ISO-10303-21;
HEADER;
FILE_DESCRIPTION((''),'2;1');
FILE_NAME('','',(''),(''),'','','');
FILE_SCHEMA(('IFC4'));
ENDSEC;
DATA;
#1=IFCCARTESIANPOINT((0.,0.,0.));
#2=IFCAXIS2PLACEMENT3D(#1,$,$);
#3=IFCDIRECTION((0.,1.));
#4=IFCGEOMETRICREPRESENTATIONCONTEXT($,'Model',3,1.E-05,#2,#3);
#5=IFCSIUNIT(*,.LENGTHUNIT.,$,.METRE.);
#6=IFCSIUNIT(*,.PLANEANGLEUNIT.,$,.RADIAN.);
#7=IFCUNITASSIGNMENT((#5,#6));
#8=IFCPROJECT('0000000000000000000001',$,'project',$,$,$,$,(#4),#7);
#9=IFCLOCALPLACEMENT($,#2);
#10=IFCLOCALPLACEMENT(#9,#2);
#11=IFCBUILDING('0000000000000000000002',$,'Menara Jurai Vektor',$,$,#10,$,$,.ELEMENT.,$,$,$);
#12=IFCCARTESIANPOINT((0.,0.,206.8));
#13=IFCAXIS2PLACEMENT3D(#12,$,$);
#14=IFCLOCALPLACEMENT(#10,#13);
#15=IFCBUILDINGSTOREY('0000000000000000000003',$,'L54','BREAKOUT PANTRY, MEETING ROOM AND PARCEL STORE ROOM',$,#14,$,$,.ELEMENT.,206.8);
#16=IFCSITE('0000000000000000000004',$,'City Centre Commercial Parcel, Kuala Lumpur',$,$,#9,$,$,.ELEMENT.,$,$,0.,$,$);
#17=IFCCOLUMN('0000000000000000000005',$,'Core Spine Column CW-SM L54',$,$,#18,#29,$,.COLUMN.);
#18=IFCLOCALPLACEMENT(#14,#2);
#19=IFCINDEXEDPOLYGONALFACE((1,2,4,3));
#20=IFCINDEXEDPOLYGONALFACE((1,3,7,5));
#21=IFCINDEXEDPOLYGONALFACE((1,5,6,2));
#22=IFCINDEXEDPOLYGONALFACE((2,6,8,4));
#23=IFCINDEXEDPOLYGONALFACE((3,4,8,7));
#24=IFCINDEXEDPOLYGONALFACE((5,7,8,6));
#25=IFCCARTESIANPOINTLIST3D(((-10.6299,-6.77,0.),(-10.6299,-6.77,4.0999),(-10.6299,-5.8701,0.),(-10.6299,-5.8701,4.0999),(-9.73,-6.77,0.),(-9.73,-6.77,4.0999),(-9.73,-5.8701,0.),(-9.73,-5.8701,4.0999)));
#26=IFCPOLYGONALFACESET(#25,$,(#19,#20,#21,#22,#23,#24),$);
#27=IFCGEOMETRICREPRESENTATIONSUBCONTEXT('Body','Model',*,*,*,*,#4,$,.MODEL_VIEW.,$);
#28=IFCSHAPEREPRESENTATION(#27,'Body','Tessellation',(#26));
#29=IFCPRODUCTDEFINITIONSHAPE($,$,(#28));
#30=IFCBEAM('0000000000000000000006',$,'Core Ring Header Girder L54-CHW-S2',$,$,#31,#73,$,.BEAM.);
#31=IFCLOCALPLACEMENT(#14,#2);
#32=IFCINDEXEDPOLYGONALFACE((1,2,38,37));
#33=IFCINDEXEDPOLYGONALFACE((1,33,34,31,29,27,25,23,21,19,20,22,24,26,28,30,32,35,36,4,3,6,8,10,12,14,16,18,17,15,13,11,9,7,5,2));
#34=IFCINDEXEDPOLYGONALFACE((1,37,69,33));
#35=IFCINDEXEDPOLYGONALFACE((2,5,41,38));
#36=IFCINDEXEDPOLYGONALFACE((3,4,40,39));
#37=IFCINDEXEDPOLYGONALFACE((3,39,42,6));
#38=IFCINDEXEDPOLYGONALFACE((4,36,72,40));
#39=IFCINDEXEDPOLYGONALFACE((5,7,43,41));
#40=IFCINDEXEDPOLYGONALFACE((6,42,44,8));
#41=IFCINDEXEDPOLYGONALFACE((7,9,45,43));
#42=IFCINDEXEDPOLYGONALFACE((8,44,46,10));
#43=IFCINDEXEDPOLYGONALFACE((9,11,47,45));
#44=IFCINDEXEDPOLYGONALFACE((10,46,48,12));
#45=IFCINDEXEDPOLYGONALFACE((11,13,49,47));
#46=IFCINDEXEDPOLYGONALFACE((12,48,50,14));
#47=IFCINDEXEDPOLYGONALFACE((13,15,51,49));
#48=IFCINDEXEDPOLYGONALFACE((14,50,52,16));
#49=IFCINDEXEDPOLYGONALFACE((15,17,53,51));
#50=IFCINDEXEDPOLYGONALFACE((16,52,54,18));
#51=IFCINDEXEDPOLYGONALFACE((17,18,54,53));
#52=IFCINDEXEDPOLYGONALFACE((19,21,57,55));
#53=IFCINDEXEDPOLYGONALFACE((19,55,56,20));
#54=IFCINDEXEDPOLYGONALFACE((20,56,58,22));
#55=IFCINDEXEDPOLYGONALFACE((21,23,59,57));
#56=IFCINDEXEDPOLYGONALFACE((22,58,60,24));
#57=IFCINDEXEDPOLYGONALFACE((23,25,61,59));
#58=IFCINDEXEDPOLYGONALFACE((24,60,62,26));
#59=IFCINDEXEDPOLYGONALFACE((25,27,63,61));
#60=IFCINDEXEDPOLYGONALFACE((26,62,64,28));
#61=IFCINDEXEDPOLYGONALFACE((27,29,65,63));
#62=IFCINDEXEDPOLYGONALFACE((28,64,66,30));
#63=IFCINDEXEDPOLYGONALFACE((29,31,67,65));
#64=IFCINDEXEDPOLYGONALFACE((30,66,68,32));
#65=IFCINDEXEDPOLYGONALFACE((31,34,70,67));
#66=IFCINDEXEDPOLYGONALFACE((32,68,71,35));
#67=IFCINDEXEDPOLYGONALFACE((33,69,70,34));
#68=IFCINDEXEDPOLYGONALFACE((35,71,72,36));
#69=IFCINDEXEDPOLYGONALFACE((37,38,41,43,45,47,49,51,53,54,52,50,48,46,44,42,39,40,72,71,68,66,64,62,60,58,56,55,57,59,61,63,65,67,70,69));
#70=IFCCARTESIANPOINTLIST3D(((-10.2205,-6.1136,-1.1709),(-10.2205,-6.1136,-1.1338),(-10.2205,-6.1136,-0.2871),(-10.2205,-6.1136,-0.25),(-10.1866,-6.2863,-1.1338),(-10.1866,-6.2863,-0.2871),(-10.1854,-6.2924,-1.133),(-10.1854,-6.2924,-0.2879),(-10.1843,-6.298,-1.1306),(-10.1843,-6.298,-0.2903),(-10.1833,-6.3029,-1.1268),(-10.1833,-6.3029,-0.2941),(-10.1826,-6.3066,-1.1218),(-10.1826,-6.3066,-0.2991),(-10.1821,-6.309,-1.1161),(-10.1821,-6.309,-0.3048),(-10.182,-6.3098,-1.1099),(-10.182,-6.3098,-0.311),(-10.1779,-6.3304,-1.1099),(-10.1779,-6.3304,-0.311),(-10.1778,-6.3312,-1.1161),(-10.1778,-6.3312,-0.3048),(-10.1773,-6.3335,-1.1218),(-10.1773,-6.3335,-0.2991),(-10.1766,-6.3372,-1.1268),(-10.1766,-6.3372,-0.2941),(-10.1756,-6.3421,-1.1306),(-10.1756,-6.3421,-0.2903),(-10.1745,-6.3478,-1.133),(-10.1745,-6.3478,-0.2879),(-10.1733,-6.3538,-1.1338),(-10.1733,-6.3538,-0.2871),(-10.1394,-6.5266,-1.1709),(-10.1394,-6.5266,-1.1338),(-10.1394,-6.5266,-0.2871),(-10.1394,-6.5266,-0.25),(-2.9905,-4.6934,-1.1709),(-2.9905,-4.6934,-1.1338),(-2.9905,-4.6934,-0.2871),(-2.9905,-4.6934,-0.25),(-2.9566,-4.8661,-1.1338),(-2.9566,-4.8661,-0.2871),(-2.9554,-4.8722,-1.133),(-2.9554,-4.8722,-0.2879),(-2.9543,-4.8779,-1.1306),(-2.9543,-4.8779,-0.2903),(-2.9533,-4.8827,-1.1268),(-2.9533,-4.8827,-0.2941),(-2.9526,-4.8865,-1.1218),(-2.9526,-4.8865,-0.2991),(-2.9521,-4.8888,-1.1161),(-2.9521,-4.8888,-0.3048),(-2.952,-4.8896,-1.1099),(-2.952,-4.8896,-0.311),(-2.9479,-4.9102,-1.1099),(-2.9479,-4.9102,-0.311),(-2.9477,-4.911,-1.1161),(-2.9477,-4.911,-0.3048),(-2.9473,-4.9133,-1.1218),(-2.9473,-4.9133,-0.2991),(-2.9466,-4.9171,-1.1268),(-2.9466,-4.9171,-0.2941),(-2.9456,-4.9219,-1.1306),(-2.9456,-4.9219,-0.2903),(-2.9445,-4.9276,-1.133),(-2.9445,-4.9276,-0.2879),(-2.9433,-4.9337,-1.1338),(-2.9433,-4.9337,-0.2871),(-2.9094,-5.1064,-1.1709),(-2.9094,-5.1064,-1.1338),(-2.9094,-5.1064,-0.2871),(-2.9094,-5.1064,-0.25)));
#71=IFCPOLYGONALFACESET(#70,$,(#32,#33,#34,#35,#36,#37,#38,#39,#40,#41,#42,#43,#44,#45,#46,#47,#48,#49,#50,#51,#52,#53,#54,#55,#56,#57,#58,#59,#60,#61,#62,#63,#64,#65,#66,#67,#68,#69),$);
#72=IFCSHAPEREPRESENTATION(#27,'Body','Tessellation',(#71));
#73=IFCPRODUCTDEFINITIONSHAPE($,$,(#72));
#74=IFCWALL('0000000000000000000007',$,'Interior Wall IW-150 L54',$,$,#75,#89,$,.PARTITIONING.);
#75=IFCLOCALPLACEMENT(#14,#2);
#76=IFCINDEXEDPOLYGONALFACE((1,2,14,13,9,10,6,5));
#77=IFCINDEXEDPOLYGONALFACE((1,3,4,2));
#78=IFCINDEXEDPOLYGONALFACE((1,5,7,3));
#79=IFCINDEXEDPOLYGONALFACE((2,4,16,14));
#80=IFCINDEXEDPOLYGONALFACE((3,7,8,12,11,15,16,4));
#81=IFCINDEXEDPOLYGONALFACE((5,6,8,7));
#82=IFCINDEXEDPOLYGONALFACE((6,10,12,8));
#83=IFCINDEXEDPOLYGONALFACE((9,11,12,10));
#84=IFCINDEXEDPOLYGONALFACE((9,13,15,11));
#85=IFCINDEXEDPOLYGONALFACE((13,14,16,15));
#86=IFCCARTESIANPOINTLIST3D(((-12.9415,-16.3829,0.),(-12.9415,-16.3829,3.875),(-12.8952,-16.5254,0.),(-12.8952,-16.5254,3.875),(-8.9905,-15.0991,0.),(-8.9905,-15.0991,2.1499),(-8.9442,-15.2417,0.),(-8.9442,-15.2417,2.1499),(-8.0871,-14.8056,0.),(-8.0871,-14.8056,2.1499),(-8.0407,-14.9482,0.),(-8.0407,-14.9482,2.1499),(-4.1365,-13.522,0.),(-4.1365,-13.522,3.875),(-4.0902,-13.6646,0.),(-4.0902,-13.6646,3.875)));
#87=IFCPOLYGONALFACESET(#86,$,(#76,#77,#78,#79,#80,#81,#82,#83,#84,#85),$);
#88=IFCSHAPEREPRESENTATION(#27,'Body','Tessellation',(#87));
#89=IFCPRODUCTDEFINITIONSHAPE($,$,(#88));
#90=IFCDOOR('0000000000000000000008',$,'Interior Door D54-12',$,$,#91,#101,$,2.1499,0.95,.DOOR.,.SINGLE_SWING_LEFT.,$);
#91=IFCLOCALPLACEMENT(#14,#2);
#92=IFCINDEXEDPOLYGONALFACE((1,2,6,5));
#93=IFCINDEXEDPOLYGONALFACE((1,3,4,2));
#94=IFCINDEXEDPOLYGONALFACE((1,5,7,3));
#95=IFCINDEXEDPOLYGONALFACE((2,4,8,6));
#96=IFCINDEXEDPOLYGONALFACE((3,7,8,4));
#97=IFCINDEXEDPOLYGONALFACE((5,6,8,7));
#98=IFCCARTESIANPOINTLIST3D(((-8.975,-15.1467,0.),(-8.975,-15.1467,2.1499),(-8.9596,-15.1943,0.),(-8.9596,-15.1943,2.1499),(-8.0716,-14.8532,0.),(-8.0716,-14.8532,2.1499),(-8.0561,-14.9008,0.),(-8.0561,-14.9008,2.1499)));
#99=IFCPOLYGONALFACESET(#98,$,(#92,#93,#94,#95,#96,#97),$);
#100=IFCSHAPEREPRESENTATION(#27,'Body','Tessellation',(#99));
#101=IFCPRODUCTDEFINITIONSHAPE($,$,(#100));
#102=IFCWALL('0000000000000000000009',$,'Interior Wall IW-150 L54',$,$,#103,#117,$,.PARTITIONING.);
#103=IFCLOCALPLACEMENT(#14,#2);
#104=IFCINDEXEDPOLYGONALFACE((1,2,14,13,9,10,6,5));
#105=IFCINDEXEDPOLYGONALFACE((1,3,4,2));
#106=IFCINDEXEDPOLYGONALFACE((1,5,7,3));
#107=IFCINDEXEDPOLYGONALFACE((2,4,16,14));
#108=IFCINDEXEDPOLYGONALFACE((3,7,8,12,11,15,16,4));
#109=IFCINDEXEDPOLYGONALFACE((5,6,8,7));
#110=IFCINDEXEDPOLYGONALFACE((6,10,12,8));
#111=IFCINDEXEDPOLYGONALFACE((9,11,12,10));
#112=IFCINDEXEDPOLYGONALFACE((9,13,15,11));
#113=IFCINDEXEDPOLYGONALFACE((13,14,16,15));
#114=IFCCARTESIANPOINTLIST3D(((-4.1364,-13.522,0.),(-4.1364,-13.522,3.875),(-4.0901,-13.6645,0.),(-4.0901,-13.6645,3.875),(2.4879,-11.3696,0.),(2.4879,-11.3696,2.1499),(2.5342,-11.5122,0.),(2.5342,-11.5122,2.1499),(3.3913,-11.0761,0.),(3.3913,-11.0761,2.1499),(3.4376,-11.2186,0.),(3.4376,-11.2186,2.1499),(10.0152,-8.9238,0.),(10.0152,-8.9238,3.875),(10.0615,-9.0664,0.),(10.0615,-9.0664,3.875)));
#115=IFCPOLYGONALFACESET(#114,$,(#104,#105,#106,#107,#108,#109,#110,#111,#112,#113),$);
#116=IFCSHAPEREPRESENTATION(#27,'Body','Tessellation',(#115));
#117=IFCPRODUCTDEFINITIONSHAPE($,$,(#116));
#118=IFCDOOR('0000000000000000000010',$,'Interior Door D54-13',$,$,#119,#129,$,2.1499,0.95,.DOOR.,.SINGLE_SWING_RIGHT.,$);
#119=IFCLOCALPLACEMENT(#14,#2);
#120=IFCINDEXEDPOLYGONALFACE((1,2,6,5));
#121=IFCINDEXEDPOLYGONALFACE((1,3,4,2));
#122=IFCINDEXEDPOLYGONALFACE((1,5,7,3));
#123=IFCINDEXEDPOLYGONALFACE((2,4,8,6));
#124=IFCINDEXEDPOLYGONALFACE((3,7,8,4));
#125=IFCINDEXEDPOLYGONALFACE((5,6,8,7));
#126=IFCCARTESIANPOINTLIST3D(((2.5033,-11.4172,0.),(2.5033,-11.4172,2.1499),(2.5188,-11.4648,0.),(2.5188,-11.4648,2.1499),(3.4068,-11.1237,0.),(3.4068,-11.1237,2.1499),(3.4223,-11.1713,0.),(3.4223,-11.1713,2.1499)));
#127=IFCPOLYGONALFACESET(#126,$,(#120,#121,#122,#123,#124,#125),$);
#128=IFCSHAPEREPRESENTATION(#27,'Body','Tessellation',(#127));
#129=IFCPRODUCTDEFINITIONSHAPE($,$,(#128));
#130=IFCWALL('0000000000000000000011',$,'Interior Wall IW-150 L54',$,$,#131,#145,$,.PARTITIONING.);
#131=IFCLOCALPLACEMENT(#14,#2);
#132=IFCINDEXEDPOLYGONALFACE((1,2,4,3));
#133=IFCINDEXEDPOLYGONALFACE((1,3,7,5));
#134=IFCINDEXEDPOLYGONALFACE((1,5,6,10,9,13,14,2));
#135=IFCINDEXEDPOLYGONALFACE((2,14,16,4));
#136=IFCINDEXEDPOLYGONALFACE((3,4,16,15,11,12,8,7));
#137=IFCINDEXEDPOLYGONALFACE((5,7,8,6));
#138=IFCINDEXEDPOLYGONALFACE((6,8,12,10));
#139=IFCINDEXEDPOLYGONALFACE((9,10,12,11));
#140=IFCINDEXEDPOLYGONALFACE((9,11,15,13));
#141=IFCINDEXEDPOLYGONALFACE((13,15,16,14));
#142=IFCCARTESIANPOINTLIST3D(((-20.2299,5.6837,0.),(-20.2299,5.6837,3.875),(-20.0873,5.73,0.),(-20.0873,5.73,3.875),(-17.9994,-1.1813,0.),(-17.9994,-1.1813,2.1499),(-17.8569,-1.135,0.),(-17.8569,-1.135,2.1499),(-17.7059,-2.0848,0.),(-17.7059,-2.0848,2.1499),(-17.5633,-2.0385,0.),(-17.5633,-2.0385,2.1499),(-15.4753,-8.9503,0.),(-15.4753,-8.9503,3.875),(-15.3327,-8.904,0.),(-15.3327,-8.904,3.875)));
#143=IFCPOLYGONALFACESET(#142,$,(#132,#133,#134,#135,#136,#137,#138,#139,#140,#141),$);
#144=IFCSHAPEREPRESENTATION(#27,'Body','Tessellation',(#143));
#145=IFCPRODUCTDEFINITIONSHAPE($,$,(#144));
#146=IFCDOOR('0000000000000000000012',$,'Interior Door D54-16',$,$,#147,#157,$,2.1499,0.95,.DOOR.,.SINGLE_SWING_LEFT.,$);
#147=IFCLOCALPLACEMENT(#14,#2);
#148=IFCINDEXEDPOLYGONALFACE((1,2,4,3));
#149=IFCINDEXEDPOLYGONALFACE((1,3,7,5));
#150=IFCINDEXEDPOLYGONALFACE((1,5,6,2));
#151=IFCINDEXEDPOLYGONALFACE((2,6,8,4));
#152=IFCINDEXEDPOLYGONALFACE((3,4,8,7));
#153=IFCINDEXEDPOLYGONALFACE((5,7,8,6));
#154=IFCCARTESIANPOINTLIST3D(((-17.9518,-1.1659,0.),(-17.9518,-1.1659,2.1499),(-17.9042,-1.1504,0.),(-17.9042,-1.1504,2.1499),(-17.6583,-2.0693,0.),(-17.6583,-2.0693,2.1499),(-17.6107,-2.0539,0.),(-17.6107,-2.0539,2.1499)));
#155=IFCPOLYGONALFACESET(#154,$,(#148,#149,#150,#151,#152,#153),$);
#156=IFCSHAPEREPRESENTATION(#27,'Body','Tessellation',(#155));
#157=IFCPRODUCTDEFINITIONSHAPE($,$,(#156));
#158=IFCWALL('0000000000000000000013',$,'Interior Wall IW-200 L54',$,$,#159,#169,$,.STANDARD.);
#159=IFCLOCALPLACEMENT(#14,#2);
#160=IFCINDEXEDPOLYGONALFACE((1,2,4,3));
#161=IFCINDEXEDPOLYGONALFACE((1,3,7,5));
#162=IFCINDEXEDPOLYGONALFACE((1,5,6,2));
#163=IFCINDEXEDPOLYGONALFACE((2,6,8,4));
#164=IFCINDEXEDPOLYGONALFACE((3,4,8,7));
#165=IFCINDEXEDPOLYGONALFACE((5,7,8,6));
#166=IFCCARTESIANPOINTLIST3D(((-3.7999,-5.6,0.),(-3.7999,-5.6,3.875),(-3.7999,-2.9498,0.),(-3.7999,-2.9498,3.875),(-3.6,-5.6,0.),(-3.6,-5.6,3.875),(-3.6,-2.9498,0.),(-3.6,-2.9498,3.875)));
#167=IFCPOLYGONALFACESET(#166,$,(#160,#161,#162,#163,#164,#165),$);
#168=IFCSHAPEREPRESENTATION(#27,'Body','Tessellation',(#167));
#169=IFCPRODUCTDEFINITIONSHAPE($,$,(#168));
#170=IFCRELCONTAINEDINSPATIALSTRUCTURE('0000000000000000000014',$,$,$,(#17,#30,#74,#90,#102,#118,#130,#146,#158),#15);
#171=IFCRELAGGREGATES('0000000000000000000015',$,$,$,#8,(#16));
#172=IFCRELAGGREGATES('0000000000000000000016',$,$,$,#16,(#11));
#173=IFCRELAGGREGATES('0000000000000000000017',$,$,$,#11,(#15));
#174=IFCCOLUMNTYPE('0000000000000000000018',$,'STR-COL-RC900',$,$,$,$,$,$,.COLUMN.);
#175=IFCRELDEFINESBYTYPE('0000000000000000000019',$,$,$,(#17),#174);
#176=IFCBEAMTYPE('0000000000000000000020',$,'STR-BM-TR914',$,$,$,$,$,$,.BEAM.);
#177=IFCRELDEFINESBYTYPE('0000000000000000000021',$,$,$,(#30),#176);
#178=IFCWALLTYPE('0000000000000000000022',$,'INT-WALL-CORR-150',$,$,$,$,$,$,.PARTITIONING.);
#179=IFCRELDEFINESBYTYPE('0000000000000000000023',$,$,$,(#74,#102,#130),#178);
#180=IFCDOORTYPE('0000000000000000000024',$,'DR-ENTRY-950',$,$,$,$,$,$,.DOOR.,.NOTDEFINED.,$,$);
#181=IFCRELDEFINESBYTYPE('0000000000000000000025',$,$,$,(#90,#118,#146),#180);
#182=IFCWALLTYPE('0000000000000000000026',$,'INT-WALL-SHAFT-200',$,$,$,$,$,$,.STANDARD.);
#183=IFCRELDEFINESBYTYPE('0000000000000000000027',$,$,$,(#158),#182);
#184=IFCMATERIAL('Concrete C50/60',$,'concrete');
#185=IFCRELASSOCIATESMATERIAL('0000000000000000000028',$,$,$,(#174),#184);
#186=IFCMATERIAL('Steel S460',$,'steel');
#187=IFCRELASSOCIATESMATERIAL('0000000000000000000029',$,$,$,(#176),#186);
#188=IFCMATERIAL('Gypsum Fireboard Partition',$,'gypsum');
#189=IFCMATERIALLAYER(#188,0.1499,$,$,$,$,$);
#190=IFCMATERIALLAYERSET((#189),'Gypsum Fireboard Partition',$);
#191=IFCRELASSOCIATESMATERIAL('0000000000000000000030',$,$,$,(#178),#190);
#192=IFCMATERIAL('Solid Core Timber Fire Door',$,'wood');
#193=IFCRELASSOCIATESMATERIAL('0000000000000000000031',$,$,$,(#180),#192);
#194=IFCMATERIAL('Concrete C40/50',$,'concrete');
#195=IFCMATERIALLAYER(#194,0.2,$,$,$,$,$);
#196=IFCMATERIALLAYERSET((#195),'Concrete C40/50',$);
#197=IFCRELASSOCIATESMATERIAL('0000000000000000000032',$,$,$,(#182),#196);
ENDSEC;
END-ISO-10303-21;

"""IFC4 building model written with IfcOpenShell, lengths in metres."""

from ifc_helpers import new_model, si_unit, direction, frame, frame_2d, origin, origin_2d, place, context, subcontext, project, spatial, rectangle, i_section, extrude, material, layer, layer_set, material_profile, profile_set, type_object, element, fill, save


model = new_model("IFC4")

# Units and contexts
model_context = context("Model", 3, precision=1e-05, world=origin(), true_north=direction((0.0, 1.0)))
body_context = subcontext(model_context, "Body", "Model", "MODEL_VIEW")
ifc_project = project(units=[si_unit("LENGTHUNIT", "METRE"), si_unit("PLANEANGLEUNIT", "RADIAN")], contexts=[model_context])

# Site, building, storey
site_placement = place(None, origin())
site = spatial("IfcSite", under=ifc_project, at=site_placement, Name="City Centre Commercial Parcel, Kuala Lumpur", CompositionType="ELEMENT", RefElevation=0.0)
building_placement = place(site_placement, origin())
building = spatial("IfcBuilding", under=site, at=building_placement, Name="Menara Jurai Vektor", CompositionType="ELEMENT")
storey_placement = place(building_placement, frame((0.0, 0.0, 206.8)))
storey = spatial("IfcBuildingStorey", under=building, at=storey_placement, Name="L54", Description="BREAKOUT PANTRY, MEETING ROOM AND PARCEL STORE ROOM", CompositionType="ELEMENT", Elevation=206.8)

# Column
ifc_material_1 = material(Name="Concrete C50/60", Category="concrete")
ifc_material_profile_1 = material_profile(ifc_material_1, rectangle(XDim=0.8999, YDim=0.8999, at=origin_2d()), Name="RC 900x900")
ifc_profile_set_1 = profile_set([ifc_material_profile_1], Name="Concrete C50/60")
column_type = type_object("IfcColumnType", Name="STR-COL-RC900", PredefinedType="COLUMN", material=ifc_profile_set_1)
column_placement = place(storey_placement, frame((-10.1799, -6.3201, 0.0), z_axis=(0.0, 0.0, 1.0), x_axis=(1.0, 0.0, 0.0)))
element("IfcColumn", 1, at=column_placement, inside=storey, type_object=column_type, Name="Core Spine Column CW-SM L54", PredefinedType="COLUMN", context=body_context, shape_type="SweptSolid", body=[
    extrude(rectangle(XDim=0.8999, YDim=0.8999, at=origin_2d()), origin(), (0.0, 0.0, 1.0), 4.0999),
])

# Beam
ifc_material_2 = material(Name="Steel S460", Category="steel")
ifc_material_profile_2 = material_profile(ifc_material_2, i_section(OverallWidth=0.4209, OverallDepth=0.9209, WebThickness=0.021, FlangeThickness=0.0371, FilletRadius=0.0239, at=origin_2d()), Name="UKB 914x419x388")
ifc_profile_set_2 = profile_set([ifc_material_profile_2], Name="Steel S460")
beam_type = type_object("IfcBeamType", Name="STR-BM-TR914", PredefinedType="BEAM", material=ifc_profile_set_2)
beam_placement = place(storey_placement, frame((-10.1799, -6.3201, -0.7104), z_axis=(0.981249, 0.192744, 0.0), x_axis=(-0.192744, 0.981249, 0.0)))
element("IfcBeam", 2, at=beam_placement, inside=storey, type_object=beam_type, Name="Core Ring Header Girder L54-CHW-S2", PredefinedType="BEAM", context=body_context, shape_type="SweptSolid", body=[
    extrude(i_section(OverallWidth=0.4209, OverallDepth=0.9209, WebThickness=0.021, FlangeThickness=0.0371, FilletRadius=0.0239, at=origin_2d()), origin(), (0.0, 0.0, 1.0), 7.3682),
])

# Walls, openings, doors
ifc_material_3 = material(Name="Gypsum Fireboard Partition", Category="gypsum")
ifc_layer_1 = layer(ifc_material_3, 0.1499)
ifc_layer_set_1 = layer_set([ifc_layer_1], Name="Gypsum Fireboard Partition")
wall_type_1 = type_object("IfcWallType", Name="INT-WALL-CORR-150", PredefinedType="PARTITIONING", material=ifc_layer_set_1)
wall_1_placement = place(storey_placement, frame((-12.9182, -16.4541, 0.0), z_axis=(0.0, 0.0, 1.0), x_axis=(0.951058, 0.309012, 0.0)))
wall_1 = element("IfcWall", 3, at=wall_1_placement, inside=storey, type_object=wall_type_1, Name="Interior Wall IW-150 L54", PredefinedType="PARTITIONING", context=body_context, shape_type="SweptSolid", body=[
    extrude(rectangle(XDim=9.2581, YDim=0.1499, at=frame_2d((4.6289, 0.0))), origin(), (0.0, 0.0, 1.0), 3.875),
])
opening_1_placement = place(wall_1_placement, frame((4.1541, 0.0, 0.0)))
opening_1 = element("IfcOpeningElement", 4, at=opening_1_placement, cuts=wall_1, PredefinedType="OPENING", context=body_context, shape_type="SweptSolid", body=[
    extrude(rectangle(XDim=0.95, YDim=2.1499, at=frame_2d((0.4751, 1.075))), frame((0.0, 0.085, 0.0), z_axis=(0.0, -1.0, 0.0), x_axis=(1.0, 0.0, 0.0)), (0.0, 0.0, 1.0), 0.1699),
])
ifc_material_4 = material(Name="Solid Core Timber Fire Door", Category="wood")
door_type = type_object("IfcDoorType", Name="DR-ENTRY-950", OperationType="NOTDEFINED", PredefinedType="DOOR", material=ifc_material_4)
door_1_placement = place(opening_1_placement, origin())
door_1 = element("IfcDoor", 5, at=door_1_placement, inside=storey, type_object=door_type, Name="Interior Door D54-12", OperationType="SINGLE_SWING_LEFT", OverallHeight=2.1499, OverallWidth=0.95, PredefinedType="DOOR", context=body_context, shape_type="SweptSolid", body=[
    extrude(rectangle(XDim=0.95, YDim=2.1499, at=frame_2d((0.4751, 1.075))), frame((0.0, 0.0249, 0.0), z_axis=(0.0, -1.0, 0.0), x_axis=(1.0, 0.0, 0.0)), (0.0, 0.0, 1.0), 0.05),
])
fill(opening_1, door_1)
wall_2_placement = place(storey_placement, frame((-4.1133, -13.5933, 0.0), z_axis=(0.0, 0.0, 1.0), x_axis=(0.951056, 0.309017, 0.0)))
wall_2 = element("IfcWall", 6, at=wall_2_placement, inside=storey, type_object=wall_type_1, Name="Interior Wall IW-150 L54", PredefinedType="PARTITIONING", context=body_context, shape_type="SweptSolid", body=[
    extrude(rectangle(XDim=14.8799, YDim=0.1499, at=frame_2d((7.4399, 0.0))), origin(), (0.0, 0.0, 1.0), 3.875),
])
opening_2_placement = place(wall_2_placement, frame((6.9651, 0.0, 0.0)))
opening_2 = element("IfcOpeningElement", 7, at=opening_2_placement, cuts=wall_2, PredefinedType="OPENING", context=body_context, shape_type="SweptSolid", body=[
    extrude(rectangle(XDim=0.95, YDim=2.1499, at=frame_2d((0.4751, 1.075))), frame((0.0, 0.085, 0.0), z_axis=(0.0, -1.0, 0.0), x_axis=(1.0, 0.0, 0.0)), (0.0, 0.0, 1.0), 0.1699),
])
door_2_placement = place(opening_2_placement, origin())
door_2 = element("IfcDoor", 8, at=door_2_placement, inside=storey, type_object=door_type, Name="Interior Door D54-13", OperationType="SINGLE_SWING_RIGHT", OverallHeight=2.1499, OverallWidth=0.95, PredefinedType="DOOR", context=body_context, shape_type="SweptSolid", body=[
    extrude(rectangle(XDim=0.95, YDim=2.1499, at=frame_2d((0.4751, 1.075))), frame((0.0, 0.0249, 0.0), z_axis=(0.0, -1.0, 0.0), x_axis=(1.0, 0.0, 0.0)), (0.0, 0.0, 1.0), 0.05),
])
fill(opening_2, door_2)
wall_3_placement = place(storey_placement, frame((-15.4041, -8.927, 0.0), z_axis=(0.0, 0.0, 1.0), x_axis=(-0.309002, 0.951061, 0.0)))
wall_3 = element("IfcWall", 9, at=wall_3_placement, inside=storey, type_object=wall_type_1, Name="Interior Wall IW-150 L54", PredefinedType="PARTITIONING", context=body_context, shape_type="SweptSolid", body=[
    extrude(rectangle(XDim=15.387, YDim=0.1499, at=frame_2d((7.6934, 0.0))), origin(), (0.0, 0.0, 1.0), 3.875),
])
opening_3_placement = place(wall_3_placement, frame((7.2185, 0.0, 0.0)))
opening_3 = element("IfcOpeningElement", 10, at=opening_3_placement, cuts=wall_3, PredefinedType="OPENING", context=body_context, shape_type="SweptSolid", body=[
    extrude(rectangle(XDim=0.95, YDim=2.1499, at=frame_2d((0.4751, 1.075))), frame((0.0, 0.085, 0.0), z_axis=(0.0, -1.0, 0.0), x_axis=(1.0, 0.0, 0.0)), (0.0, 0.0, 1.0), 0.1699),
])
door_3_placement = place(opening_3_placement, origin())
door_3 = element("IfcDoor", 11, at=door_3_placement, inside=storey, type_object=door_type, Name="Interior Door D54-16", OperationType="SINGLE_SWING_LEFT", OverallHeight=2.1499, OverallWidth=0.95, PredefinedType="DOOR", context=body_context, shape_type="SweptSolid", body=[
    extrude(rectangle(XDim=0.95, YDim=2.1499, at=frame_2d((0.4751, 1.075))), frame((0.0, 0.0249, 0.0), z_axis=(0.0, -1.0, 0.0), x_axis=(1.0, 0.0, 0.0)), (0.0, 0.0, 1.0), 0.05),
])
fill(opening_3, door_3)

# Wall
ifc_material_5 = material(Name="Concrete C40/50", Category="concrete")
ifc_layer_2 = layer(ifc_material_5, 0.2)
ifc_layer_set_2 = layer_set([ifc_layer_2], Name="Concrete C40/50")
wall_type_2 = type_object("IfcWallType", Name="INT-WALL-SHAFT-200", PredefinedType="STANDARD", material=ifc_layer_set_2)
for number, where, z_axis, x_axis, name in (
    (12, (-3.7, -5.6001, 0.0), (0.0, 0.0, 1.0), (0.0, 1.0, 0.0), "Interior Wall IW-200 L54"),
):
    element("IfcWall", number, at=place(storey_placement, frame(where, z_axis=z_axis, x_axis=x_axis)), inside=storey, type_object=wall_type_2, Name=name, PredefinedType="STANDARD", context=body_context, shape_type="SweptSolid", body=[
        extrude(rectangle(XDim=2.6501, YDim=0.2, at=frame_2d((1.3252, 0.0))), origin(), (0.0, 0.0, 1.0), 3.875),
    ])

save(model, "model.ifc")
